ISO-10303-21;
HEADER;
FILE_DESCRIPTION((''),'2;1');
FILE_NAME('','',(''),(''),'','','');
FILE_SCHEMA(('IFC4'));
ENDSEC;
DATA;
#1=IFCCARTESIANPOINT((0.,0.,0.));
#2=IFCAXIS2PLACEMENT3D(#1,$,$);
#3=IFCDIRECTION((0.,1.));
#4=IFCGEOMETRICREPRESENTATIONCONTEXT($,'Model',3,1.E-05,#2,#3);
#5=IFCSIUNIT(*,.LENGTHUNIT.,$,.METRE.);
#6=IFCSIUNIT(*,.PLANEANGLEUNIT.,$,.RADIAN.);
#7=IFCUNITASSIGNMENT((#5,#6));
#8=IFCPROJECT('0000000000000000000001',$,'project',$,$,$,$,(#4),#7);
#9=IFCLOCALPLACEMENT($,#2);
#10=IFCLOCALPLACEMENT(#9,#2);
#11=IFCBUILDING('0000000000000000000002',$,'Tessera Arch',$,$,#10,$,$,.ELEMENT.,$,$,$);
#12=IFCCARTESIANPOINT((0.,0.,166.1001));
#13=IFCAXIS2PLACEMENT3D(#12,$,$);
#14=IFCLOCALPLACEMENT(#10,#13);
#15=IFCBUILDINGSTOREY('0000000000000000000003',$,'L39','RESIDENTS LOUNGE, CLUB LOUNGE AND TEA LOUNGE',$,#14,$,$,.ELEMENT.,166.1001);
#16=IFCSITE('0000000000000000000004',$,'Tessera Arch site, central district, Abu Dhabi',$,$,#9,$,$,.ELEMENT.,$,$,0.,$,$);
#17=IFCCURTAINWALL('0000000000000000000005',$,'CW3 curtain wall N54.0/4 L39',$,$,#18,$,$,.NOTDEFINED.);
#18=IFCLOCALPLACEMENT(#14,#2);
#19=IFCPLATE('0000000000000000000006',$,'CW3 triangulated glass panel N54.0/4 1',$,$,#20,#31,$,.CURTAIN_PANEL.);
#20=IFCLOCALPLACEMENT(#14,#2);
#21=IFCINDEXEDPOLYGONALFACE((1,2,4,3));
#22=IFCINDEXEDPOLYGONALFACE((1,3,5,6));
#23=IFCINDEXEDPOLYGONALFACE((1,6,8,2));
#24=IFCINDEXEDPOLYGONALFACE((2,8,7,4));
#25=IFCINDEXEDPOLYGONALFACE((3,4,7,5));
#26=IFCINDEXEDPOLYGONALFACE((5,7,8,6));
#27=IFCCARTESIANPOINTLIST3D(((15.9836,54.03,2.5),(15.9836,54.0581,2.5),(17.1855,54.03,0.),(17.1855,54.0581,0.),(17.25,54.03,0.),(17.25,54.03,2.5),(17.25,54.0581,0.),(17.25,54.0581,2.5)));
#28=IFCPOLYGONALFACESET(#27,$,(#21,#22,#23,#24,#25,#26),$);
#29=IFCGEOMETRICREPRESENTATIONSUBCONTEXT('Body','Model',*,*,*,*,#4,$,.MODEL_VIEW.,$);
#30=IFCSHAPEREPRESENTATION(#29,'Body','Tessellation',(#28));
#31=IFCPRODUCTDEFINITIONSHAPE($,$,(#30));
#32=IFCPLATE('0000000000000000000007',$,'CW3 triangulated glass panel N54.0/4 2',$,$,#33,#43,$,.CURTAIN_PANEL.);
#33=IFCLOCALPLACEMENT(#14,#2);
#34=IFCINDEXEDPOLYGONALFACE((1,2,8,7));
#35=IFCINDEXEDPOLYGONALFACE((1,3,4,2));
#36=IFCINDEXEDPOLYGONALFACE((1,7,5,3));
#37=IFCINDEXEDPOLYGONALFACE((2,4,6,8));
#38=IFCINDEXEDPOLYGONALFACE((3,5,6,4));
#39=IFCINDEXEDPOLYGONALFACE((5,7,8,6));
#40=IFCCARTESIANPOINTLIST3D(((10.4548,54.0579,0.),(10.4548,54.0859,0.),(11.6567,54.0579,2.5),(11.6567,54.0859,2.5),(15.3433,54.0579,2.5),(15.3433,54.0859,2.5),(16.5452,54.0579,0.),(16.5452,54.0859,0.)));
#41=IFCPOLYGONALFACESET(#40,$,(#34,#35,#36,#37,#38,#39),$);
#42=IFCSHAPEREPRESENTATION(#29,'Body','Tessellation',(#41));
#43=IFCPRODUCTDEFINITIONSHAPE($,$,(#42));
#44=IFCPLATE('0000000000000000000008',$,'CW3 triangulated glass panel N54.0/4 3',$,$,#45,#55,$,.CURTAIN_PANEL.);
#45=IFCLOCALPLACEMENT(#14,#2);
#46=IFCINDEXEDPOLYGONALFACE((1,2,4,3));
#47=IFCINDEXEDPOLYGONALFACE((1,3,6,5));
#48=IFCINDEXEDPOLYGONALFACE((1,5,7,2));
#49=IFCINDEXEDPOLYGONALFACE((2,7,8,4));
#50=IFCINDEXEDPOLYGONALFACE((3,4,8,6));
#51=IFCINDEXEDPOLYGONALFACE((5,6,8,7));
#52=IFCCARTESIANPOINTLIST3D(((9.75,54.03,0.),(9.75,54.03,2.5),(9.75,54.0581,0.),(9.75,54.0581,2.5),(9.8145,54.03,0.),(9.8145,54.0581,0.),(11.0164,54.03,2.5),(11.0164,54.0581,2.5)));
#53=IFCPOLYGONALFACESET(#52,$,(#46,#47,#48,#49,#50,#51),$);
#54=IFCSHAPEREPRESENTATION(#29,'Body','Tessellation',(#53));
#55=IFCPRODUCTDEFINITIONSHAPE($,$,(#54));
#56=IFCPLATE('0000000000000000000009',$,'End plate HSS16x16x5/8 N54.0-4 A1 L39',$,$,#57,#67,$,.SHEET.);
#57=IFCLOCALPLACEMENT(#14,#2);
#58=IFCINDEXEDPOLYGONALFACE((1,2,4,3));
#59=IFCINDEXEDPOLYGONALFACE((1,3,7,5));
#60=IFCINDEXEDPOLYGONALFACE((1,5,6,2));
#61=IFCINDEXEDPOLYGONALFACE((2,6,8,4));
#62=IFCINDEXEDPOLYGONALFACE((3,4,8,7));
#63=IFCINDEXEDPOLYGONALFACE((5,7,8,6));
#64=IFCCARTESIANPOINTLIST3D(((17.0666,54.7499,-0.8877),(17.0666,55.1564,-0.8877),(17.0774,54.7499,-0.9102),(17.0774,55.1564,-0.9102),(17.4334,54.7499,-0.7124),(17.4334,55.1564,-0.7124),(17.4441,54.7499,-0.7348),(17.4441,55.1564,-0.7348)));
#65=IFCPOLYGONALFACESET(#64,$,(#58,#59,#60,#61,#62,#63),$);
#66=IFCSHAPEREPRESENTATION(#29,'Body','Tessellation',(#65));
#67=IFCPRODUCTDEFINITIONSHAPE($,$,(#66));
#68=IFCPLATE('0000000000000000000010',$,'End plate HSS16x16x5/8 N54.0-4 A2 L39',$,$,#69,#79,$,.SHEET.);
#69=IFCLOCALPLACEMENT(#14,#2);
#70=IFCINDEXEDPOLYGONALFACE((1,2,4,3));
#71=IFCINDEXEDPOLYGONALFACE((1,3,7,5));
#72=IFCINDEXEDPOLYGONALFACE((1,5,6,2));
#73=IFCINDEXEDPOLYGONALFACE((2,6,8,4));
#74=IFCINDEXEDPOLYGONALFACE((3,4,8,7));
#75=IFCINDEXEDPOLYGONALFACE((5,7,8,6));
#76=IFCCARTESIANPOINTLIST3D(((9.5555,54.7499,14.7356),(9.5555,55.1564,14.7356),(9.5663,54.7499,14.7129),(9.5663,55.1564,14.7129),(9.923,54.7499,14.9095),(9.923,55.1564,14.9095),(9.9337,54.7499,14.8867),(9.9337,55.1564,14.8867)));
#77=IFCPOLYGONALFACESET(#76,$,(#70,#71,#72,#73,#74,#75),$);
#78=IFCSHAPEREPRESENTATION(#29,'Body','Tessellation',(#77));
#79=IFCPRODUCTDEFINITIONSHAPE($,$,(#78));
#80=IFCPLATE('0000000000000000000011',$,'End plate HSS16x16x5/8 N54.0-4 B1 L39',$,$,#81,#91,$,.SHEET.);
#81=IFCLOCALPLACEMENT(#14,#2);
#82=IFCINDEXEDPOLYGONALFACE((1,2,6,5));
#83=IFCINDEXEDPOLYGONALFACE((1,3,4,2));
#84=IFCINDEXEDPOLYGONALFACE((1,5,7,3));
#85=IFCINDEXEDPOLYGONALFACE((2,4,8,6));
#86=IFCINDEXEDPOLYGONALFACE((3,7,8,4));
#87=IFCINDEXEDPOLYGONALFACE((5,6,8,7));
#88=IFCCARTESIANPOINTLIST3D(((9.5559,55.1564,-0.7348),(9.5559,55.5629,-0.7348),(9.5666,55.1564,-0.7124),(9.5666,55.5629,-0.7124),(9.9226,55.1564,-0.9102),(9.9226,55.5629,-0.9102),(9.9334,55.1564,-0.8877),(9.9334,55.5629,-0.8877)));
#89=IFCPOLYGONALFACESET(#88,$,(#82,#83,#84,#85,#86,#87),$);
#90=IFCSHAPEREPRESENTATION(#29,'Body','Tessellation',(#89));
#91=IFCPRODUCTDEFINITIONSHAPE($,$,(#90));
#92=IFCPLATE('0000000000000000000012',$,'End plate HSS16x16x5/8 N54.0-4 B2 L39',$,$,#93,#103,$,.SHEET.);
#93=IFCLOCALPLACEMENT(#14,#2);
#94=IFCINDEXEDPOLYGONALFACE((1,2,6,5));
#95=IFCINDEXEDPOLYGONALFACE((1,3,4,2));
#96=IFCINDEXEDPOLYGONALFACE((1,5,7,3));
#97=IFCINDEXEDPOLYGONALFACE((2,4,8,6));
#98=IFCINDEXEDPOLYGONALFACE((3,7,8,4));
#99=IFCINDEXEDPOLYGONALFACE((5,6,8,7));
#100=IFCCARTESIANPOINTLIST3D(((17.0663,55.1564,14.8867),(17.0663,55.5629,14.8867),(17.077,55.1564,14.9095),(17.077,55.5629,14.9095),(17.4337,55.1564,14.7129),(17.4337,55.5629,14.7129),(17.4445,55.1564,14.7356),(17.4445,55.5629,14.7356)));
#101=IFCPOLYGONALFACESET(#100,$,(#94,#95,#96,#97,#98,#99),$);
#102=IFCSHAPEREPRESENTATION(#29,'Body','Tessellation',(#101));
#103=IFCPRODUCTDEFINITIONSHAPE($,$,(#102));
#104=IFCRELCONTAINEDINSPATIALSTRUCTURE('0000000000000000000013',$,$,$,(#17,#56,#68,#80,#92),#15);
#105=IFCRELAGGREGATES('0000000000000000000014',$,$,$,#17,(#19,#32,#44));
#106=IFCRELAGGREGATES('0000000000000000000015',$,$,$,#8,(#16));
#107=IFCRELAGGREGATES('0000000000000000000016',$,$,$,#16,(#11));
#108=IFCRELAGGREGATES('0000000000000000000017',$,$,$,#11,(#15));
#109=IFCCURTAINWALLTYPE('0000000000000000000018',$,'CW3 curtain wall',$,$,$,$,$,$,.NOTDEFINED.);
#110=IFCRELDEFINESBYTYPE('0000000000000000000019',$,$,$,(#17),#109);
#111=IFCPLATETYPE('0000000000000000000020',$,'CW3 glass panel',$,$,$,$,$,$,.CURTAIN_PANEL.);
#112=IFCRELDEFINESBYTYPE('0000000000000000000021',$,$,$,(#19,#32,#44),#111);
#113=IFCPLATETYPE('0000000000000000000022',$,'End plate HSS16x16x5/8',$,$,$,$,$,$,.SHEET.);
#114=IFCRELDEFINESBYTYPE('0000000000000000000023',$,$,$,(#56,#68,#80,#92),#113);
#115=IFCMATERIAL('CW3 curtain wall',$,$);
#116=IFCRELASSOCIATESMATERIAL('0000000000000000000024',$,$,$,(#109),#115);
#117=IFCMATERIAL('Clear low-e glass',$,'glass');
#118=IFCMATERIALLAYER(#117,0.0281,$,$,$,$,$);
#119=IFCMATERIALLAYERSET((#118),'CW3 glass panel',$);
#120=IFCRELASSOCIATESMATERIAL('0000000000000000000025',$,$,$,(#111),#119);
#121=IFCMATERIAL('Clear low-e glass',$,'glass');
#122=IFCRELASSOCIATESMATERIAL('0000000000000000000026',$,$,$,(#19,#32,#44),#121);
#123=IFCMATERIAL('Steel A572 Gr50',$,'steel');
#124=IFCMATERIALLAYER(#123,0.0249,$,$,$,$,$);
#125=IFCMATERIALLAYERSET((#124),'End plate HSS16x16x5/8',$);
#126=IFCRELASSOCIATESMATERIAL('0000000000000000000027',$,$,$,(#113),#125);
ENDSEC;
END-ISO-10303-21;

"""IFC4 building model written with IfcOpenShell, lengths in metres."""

from ifc_helpers import new_model, si_unit, direction, frame, origin, origin_2d, place, context, subcontext, project, spatial, polyline, rectangle, outline, extrude, material, layer, layer_set, type_object, element, aggregate, save


model = new_model("IFC4")

# Units and contexts
model_context = context("Model", 3, precision=1e-05, world=origin(), true_north=direction((0.0, 1.0)))
body_context = subcontext(model_context, "Body", "Model", "MODEL_VIEW")
ifc_project = project(units=[si_unit("LENGTHUNIT", "METRE"), si_unit("PLANEANGLEUNIT", "RADIAN")], contexts=[model_context])

# Site, building, storey
site_placement = place(None, origin())
site = spatial("IfcSite", under=ifc_project, at=site_placement, Name="Tessera Arch site, central district, Abu Dhabi", CompositionType="ELEMENT", RefElevation=0.0)
building_placement = place(site_placement, origin())
building = spatial("IfcBuilding", under=site, at=building_placement, Name="Tessera Arch", CompositionType="ELEMENT")
storey_placement = place(building_placement, frame((0.0, 0.0, 166.1001)))
storey = spatial("IfcBuildingStorey", under=building, at=storey_placement, Name="L39", Description="RESIDENTS LOUNGE, CLUB LOUNGE AND TEA LOUNGE", CompositionType="ELEMENT", Elevation=166.1001)

# Curtain wall
ifc_material_1 = material(Name="CW3 curtain wall")
curtain_wall_type_1 = type_object("IfcCurtainWallType", Name="CW3 curtain wall", PredefinedType="NOTDEFINED", material=ifc_material_1)
curtain_wall_1_placement = place(storey_placement, origin())
curtain_wall_1 = element("IfcCurtainWall", 1, at=curtain_wall_1_placement, inside=storey, type_object=curtain_wall_type_1, Name="CW3 curtain wall N54.0/4 L39", PredefinedType="NOTDEFINED")

# Plates
ifc_material_2 = material(Name="Clear low-e glass", Category="glass")
ifc_material_3 = material(Name="Clear low-e glass", Category="glass")
ifc_layer_1 = layer(ifc_material_3, 0.0281)
ifc_layer_set_1 = layer_set([ifc_layer_1], Name="CW3 glass panel")
plate_type_1 = type_object("IfcPlateType", Name="CW3 glass panel", PredefinedType="CURTAIN_PANEL", material=ifc_layer_set_1)
plate_1_placement = place(storey_placement, frame((17.25, 54.0581, 0.0), z_axis=(0.0, 1.0, 0.0), x_axis=(-1.0, 0.0, 0.0)))
plate_1 = element("IfcPlate", 2, at=plate_1_placement, type_object=plate_type_1, material=ifc_material_2, Name="CW3 triangulated glass panel N54.0/4 1", PredefinedType="CURTAIN_PANEL", context=body_context, shape_type="SweptSolid", body=[
    extrude(outline(polyline([(0.0, 0.0), (0.0645, 0.0), (1.2664, 2.5), (0.0, 2.5), (0.0, 0.0)])), origin(), (0.0, 0.0, -1.0), 0.0281),
])
plate_2_placement = place(storey_placement, frame((11.6567, 54.0859, 2.5), z_axis=(0.0, 1.0, 0.0), x_axis=(1.0, 0.0, 0.0)))
plate_2 = element("IfcPlate", 3, at=plate_2_placement, type_object=plate_type_1, material=ifc_material_2, Name="CW3 triangulated glass panel N54.0/4 2", PredefinedType="CURTAIN_PANEL", context=body_context, shape_type="SweptSolid", body=[
    extrude(outline(polyline([(0.0, 0.0), (3.6865, 0.0), (4.8884, 2.5), (-1.2019, 2.5), (0.0, 0.0)])), origin(), (0.0, 0.0, -1.0), 0.0281),
])
plate_3_placement = place(storey_placement, frame((9.75, 54.0581, 2.5), z_axis=(0.0, 1.0, 0.0), x_axis=(1.0, 0.0, 0.0)))
plate_3 = element("IfcPlate", 4, at=plate_3_placement, type_object=plate_type_1, material=ifc_material_2, Name="CW3 triangulated glass panel N54.0/4 3", PredefinedType="CURTAIN_PANEL", context=body_context, shape_type="SweptSolid", body=[
    extrude(outline(polyline([(0.0, 0.0), (1.2664, 0.0), (0.0645, 2.5), (0.0, 2.5), (0.0, 0.0)])), origin(), (0.0, 0.0, -1.0), 0.0281),
])
aggregate(curtain_wall_1, [plate_1, plate_2, plate_3])

# Plates
ifc_material_4 = material(Name="Steel A572 Gr50", Category="steel")
ifc_layer_2 = layer(ifc_material_4, 0.0249)
ifc_layer_set_2 = layer_set([ifc_layer_2], Name="End plate HSS16x16x5/8")
plate_type_2 = type_object("IfcPlateType", Name="End plate HSS16x16x5/8", PredefinedType="SHEET", material=ifc_layer_set_2)
plate_4_placement = place(storey_placement, frame((17.2607, 54.9531, -0.8225), z_axis=(-0.431455, 0.0, 0.902134), x_axis=(0.0, -1.0, 0.0)))
element("IfcPlate", 5, at=plate_4_placement, inside=storey, type_object=plate_type_2, Name="End plate HSS16x16x5/8 N54.0-4 A1 L39", PredefinedType="SHEET", context=body_context, shape_type="SweptSolid", body=[
    extrude(rectangle(XDim=0.4065, YDim=0.4065, at=origin_2d()), origin(), (0.0, 0.0, 1.0), 0.0249),
])
plate_5_placement = place(storey_placement, frame((9.75, 54.9531, 14.7998), z_axis=(-0.427668, 0.0, 0.903936), x_axis=(0.0, -1.0, 0.0)))
element("IfcPlate", 6, at=plate_5_placement, inside=storey, type_object=plate_type_2, Name="End plate HSS16x16x5/8 N54.0-4 A2 L39", PredefinedType="SHEET", context=body_context, shape_type="SweptSolid", body=[
    extrude(rectangle(XDim=0.4065, YDim=0.4065, at=origin_2d()), origin(), (0.0, 0.0, 1.0), 0.0251),
])
plate_6_placement = place(storey_placement, frame((9.7393, 55.3596, -0.8225), z_axis=(0.431455, 0.0, 0.902134), x_axis=(0.0, 1.0, 0.0)))
element("IfcPlate", 7, at=plate_6_placement, inside=storey, type_object=plate_type_2, Name="End plate HSS16x16x5/8 N54.0-4 B1 L39", PredefinedType="SHEET", context=body_context, shape_type="SweptSolid", body=[
    extrude(rectangle(XDim=0.4065, YDim=0.4065, at=origin_2d()), origin(), (0.0, 0.0, 1.0), 0.0249),
])
plate_7_placement = place(storey_placement, frame((17.25, 55.3596, 14.7998), z_axis=(0.427668, 0.0, 0.903936), x_axis=(0.0, 1.0, 0.0)))
element("IfcPlate", 8, at=plate_7_placement, inside=storey, type_object=plate_type_2, Name="End plate HSS16x16x5/8 N54.0-4 B2 L39", PredefinedType="SHEET", context=body_context, shape_type="SweptSolid", body=[
    extrude(rectangle(XDim=0.4065, YDim=0.4065, at=origin_2d()), origin(), (0.0, 0.0, 1.0), 0.0251),
])

save(model, "model.ifc")
